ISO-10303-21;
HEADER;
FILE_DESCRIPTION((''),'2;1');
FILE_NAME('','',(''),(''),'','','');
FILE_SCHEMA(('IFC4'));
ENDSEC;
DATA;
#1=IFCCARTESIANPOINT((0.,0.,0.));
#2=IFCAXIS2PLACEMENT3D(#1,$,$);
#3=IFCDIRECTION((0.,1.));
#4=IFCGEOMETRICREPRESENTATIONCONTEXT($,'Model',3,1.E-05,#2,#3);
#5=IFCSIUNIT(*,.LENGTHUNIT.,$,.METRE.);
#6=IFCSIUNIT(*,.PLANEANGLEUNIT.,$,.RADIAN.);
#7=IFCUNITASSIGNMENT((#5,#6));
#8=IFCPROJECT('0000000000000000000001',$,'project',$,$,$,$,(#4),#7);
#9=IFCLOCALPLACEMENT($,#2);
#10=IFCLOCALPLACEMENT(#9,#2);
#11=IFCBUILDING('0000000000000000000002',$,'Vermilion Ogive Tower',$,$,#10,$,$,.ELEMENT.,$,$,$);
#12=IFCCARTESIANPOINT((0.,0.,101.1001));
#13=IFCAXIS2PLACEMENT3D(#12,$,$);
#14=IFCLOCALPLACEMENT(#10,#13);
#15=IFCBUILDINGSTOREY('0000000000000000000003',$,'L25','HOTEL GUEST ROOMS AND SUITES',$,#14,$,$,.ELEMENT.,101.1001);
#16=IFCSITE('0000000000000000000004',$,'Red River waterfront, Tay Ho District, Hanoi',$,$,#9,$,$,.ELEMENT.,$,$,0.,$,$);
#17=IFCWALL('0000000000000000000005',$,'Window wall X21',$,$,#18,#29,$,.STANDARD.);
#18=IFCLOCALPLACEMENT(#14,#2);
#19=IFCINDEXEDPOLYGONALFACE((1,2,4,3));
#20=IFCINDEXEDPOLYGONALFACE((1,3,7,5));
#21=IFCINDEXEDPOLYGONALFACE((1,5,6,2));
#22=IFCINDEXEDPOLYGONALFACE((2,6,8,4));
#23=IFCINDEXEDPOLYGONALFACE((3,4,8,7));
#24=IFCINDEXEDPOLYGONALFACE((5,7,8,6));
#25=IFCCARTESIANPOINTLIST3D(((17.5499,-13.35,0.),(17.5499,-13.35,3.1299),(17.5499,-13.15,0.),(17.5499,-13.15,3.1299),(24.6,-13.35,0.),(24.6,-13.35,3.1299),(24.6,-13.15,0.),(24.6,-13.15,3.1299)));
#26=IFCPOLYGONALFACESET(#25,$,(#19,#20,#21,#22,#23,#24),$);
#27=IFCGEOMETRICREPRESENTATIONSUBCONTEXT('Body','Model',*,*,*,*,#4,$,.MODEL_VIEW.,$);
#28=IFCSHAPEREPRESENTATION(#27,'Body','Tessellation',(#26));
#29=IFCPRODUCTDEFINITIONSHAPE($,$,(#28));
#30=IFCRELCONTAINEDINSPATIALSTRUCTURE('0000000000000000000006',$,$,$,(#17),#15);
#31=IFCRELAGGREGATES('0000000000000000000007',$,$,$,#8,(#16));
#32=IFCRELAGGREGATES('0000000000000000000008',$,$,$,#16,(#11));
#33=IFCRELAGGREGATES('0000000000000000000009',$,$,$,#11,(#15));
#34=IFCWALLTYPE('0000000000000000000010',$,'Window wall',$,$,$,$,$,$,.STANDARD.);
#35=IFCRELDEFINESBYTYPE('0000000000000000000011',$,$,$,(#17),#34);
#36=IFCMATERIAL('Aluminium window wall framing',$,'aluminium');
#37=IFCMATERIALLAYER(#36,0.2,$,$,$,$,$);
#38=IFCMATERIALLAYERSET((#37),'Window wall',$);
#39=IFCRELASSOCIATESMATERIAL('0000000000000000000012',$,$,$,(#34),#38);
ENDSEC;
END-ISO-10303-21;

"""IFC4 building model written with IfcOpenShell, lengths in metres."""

from ifc_helpers import new_model, si_unit, direction, frame, frame_2d, origin, place, context, subcontext, project, spatial, rectangle, extrude, material, layer, layer_set, type_object, element, save


model = new_model("IFC4")

# Units and contexts
model_context = context("Model", 3, precision=1e-05, world=origin(), true_north=direction((0.0, 1.0)))
body_context = subcontext(model_context, "Body", "Model", "MODEL_VIEW")
ifc_project = project(units=[si_unit("LENGTHUNIT", "METRE"), si_unit("PLANEANGLEUNIT", "RADIAN")], contexts=[model_context])

# Site, building, storey
site_placement = place(None, origin())
site = spatial("IfcSite", under=ifc_project, at=site_placement, Name="Red River waterfront, Tay Ho District, Hanoi", CompositionType="ELEMENT", RefElevation=0.0)
building_placement = place(site_placement, origin())
building = spatial("IfcBuilding", under=site, at=building_placement, Name="Vermilion Ogive Tower", CompositionType="ELEMENT")
storey_placement = place(building_placement, frame((0.0, 0.0, 101.1001)))
storey = spatial("IfcBuildingStorey", under=building, at=storey_placement, Name="L25", Description="HOTEL GUEST ROOMS AND SUITES", CompositionType="ELEMENT", Elevation=101.1001)

# Shared definitions
ifc_material_1 = material(Name="Aluminium window wall framing", Category="aluminium")
ifc_layer_1 = layer(ifc_material_1, 0.2)
ifc_layer_set_1 = layer_set([ifc_layer_1], Name="Window wall")
wall_type = type_object("IfcWallType", Name="Window wall", PredefinedType="STANDARD", material=ifc_layer_set_1)

# Wall
wall_1_placement = place(storey_placement, frame((17.55, -13.25, 0.0), z_axis=(0.0, 0.0, 1.0), x_axis=(1.0, 0.0, 0.0)))
element("IfcWall", 1, at=wall_1_placement, inside=storey, type_object=wall_type, Name="Window wall X21", PredefinedType="STANDARD", context=body_context, shape_type="SweptSolid", body=[
    extrude(rectangle(XDim=7.05, YDim=0.2, at=frame_2d((3.5249, 0.0))), origin(), (0.0, 0.0, 1.0), 3.1299),
])

save(model, "model.ifc")
